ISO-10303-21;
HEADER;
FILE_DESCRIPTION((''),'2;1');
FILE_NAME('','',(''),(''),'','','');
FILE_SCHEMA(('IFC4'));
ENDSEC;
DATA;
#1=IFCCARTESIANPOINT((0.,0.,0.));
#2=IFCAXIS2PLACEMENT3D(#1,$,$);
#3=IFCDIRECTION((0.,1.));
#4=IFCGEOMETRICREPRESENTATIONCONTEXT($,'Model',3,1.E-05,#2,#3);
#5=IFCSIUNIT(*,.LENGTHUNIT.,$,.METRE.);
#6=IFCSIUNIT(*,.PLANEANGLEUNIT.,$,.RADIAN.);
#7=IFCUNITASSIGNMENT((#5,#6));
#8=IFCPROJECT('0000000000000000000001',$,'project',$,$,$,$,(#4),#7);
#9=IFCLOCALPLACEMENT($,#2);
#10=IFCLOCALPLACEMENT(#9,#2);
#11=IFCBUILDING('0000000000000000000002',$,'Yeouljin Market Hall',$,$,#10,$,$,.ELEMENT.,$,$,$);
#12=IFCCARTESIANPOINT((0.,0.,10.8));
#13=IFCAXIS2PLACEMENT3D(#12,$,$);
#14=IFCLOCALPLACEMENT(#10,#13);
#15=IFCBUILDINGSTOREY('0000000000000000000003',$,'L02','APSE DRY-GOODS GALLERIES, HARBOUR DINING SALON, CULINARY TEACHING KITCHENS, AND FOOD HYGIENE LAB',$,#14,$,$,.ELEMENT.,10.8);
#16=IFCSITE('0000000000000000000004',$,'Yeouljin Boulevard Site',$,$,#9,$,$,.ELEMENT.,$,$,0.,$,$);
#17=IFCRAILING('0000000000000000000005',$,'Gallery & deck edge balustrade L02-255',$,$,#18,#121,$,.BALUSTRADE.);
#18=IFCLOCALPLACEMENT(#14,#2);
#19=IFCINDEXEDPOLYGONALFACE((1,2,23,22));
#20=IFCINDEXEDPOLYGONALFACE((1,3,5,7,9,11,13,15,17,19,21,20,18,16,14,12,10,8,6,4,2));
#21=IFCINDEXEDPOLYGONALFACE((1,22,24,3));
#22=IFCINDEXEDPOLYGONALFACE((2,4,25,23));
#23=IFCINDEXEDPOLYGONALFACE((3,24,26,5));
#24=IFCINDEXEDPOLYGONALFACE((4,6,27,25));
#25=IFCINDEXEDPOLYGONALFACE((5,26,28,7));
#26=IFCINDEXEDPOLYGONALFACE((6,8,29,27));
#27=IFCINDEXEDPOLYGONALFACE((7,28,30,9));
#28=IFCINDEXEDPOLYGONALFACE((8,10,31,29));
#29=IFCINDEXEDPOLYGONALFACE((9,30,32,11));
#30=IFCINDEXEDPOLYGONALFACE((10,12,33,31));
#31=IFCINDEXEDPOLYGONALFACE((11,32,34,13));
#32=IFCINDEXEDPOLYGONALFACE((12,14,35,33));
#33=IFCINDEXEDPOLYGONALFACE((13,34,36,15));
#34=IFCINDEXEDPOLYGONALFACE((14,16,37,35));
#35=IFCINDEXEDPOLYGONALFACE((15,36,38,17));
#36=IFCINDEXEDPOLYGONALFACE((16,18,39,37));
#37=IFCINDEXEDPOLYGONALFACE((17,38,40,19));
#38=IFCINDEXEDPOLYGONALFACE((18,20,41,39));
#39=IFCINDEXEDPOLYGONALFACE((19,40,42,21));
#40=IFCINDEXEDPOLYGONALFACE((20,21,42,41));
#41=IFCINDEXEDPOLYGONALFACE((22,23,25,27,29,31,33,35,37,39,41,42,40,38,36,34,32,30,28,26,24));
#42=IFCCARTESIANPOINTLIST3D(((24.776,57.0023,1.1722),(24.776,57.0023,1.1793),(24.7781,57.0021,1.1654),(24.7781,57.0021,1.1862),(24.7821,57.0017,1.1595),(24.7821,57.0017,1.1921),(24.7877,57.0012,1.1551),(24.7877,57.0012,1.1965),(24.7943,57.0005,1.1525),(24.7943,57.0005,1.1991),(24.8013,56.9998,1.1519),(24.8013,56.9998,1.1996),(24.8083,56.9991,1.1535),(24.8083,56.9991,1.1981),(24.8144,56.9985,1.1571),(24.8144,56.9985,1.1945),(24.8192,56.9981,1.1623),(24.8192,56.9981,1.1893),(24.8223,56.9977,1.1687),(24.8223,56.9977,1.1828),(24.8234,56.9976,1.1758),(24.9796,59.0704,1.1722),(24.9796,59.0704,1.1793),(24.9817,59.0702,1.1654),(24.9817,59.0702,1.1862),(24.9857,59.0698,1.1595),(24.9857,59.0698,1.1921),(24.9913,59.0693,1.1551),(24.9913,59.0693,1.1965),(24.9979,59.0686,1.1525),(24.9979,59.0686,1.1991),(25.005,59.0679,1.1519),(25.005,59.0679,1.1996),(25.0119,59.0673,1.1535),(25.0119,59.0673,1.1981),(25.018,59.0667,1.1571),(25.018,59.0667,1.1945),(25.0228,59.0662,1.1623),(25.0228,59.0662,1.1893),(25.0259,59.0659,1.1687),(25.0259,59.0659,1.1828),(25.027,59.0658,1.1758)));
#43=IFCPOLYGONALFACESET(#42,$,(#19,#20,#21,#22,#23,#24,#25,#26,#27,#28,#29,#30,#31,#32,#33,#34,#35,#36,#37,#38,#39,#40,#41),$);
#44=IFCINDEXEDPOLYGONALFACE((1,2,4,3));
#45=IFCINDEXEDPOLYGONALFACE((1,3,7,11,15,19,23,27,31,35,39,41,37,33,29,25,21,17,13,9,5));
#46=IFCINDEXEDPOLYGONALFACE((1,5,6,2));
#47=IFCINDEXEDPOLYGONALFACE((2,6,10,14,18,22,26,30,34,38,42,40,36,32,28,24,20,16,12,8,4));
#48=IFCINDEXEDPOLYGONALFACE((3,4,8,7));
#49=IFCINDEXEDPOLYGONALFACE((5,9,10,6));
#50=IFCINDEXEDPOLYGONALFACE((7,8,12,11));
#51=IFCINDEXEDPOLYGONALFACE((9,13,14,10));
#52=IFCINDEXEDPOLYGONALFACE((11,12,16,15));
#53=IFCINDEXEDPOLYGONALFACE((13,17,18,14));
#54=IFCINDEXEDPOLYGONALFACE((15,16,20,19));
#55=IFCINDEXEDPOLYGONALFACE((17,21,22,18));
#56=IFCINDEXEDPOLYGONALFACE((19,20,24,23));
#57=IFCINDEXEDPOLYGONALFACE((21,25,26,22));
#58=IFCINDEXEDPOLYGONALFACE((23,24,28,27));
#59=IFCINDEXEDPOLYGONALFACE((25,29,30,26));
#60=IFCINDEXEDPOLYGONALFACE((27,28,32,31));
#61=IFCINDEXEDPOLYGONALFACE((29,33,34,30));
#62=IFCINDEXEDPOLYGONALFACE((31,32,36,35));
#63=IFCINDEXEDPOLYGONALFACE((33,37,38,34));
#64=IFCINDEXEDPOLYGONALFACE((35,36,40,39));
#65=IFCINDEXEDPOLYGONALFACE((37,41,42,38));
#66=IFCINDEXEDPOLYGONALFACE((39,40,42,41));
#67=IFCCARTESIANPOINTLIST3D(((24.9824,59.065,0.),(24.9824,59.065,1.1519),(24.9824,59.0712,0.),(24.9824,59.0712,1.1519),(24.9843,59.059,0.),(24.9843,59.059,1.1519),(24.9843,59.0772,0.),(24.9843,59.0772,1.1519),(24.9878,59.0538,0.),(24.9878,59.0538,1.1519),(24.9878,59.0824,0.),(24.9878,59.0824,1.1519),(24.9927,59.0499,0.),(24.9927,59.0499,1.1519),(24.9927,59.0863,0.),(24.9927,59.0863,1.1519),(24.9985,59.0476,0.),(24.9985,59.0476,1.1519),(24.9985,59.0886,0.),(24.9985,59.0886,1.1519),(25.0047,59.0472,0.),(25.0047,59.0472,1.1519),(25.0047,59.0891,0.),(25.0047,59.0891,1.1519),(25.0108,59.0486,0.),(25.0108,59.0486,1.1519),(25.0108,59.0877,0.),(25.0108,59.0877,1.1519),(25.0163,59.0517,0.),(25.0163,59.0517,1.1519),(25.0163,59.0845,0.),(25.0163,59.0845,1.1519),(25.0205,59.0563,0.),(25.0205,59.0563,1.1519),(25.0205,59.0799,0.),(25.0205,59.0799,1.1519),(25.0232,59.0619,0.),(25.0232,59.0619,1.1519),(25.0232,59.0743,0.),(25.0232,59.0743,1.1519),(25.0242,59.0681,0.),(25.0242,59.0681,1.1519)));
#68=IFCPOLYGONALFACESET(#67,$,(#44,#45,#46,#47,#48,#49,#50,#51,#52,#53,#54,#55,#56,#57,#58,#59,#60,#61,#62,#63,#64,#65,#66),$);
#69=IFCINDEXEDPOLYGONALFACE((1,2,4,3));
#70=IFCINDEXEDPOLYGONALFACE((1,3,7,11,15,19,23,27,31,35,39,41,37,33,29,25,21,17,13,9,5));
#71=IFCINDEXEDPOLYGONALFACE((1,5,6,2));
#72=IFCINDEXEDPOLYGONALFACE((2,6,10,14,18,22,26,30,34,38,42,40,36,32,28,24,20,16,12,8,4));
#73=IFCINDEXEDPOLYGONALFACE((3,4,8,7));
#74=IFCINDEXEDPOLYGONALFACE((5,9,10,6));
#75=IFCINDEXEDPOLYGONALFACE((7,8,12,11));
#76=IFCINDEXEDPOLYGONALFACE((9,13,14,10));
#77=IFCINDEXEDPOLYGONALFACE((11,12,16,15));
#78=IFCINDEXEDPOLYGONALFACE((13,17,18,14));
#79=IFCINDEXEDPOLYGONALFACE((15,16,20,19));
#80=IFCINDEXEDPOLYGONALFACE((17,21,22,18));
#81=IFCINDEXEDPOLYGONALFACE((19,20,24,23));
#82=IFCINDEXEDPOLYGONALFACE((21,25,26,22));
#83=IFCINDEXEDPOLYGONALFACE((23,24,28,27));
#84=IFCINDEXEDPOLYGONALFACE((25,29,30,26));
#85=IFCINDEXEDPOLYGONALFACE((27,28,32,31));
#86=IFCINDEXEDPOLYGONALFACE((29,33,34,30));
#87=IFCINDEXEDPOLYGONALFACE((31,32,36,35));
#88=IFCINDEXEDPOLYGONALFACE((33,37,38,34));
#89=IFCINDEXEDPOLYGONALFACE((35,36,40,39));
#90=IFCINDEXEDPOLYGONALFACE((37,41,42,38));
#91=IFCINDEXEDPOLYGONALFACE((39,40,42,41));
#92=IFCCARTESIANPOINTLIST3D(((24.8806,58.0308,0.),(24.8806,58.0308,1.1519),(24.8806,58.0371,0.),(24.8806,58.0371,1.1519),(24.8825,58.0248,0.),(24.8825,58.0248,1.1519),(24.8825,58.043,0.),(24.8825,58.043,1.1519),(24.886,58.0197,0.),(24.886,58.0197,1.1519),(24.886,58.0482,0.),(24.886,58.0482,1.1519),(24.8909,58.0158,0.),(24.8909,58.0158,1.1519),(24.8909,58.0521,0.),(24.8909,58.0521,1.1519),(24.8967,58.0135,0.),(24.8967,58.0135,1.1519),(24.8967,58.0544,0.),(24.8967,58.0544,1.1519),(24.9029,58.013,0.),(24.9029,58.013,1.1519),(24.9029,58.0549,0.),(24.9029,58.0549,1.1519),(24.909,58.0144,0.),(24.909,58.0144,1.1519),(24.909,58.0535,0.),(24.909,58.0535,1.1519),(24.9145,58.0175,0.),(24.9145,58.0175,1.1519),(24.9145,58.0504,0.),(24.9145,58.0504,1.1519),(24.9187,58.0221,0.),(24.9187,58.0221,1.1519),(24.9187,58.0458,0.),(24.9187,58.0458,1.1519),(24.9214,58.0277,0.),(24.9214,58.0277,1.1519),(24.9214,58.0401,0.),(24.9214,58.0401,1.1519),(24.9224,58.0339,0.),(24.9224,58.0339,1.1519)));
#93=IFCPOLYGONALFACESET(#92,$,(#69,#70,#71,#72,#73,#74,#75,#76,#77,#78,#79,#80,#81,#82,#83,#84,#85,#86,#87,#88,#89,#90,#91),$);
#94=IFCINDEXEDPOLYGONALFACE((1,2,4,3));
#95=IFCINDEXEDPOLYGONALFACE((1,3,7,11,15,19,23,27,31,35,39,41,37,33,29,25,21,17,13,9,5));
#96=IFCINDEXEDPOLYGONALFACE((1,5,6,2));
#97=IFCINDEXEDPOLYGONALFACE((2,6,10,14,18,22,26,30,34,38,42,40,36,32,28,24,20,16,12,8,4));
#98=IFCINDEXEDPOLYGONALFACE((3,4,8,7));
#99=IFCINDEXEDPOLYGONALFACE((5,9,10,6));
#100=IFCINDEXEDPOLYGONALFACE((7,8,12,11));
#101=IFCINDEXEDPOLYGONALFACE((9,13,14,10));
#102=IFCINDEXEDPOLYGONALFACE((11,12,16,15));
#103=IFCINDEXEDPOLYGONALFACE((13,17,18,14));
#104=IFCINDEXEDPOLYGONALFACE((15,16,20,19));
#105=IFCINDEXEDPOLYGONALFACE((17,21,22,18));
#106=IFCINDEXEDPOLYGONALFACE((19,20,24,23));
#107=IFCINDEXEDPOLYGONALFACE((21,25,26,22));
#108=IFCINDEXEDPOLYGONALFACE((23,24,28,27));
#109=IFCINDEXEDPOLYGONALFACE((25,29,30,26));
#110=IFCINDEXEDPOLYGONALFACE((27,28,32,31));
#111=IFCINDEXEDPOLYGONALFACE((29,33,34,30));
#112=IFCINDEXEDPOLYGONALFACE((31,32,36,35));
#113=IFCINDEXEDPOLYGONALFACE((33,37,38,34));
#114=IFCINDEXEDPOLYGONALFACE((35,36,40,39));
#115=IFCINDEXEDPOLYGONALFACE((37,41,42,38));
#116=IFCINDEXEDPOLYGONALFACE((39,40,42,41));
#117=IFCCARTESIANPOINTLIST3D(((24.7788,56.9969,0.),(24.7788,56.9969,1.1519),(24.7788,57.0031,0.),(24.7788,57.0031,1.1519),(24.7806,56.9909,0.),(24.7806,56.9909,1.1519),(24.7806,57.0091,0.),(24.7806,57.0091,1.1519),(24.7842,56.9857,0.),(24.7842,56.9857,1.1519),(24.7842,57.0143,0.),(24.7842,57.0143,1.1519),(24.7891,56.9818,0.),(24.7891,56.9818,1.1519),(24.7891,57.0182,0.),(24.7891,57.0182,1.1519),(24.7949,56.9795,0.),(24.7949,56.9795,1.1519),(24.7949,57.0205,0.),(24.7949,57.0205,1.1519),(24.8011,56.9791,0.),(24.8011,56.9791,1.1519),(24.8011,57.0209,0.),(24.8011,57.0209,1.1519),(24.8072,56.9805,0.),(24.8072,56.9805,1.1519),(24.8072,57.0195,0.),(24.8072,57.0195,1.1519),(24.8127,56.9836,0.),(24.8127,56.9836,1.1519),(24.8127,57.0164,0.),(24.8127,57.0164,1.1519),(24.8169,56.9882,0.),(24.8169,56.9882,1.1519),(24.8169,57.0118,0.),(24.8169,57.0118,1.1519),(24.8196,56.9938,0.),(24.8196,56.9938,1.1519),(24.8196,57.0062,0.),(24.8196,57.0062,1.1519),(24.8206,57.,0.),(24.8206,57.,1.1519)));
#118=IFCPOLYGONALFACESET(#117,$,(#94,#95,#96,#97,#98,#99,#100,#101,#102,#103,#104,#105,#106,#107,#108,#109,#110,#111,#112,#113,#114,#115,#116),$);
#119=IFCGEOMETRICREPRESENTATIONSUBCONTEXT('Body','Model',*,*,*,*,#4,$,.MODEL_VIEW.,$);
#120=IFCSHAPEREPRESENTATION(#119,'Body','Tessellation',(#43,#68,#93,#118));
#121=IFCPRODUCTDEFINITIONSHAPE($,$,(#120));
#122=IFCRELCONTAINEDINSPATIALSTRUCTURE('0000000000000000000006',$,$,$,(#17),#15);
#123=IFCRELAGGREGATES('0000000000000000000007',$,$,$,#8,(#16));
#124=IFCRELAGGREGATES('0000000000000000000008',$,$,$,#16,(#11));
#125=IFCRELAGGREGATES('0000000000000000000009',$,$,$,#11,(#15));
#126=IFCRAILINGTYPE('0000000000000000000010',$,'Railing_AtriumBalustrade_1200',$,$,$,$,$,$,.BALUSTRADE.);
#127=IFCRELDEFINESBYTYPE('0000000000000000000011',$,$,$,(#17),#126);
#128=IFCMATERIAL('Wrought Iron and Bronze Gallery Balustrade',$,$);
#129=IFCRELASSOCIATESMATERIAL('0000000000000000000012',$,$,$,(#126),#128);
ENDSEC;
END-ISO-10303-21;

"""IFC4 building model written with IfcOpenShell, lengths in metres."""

from ifc_helpers import new_model, si_unit, direction, frame, origin, origin_2d, place, context, subcontext, project, spatial, circle, extrude, material, type_object, element, save


model = new_model("IFC4")

# Units and contexts
model_context = context("Model", 3, precision=1e-05, world=origin(), true_north=direction((0.0, 1.0)))
body_context = subcontext(model_context, "Body", "Model", "MODEL_VIEW")
ifc_project = project(units=[si_unit("LENGTHUNIT", "METRE"), si_unit("PLANEANGLEUNIT", "RADIAN")], contexts=[model_context])

# Site, building, storey
site_placement = place(None, origin())
site = spatial("IfcSite", under=ifc_project, at=site_placement, Name="Yeouljin Boulevard Site", CompositionType="ELEMENT", RefElevation=0.0)
building_placement = place(site_placement, origin())
building = spatial("IfcBuilding", under=site, at=building_placement, Name="Yeouljin Market Hall", CompositionType="ELEMENT")
storey_placement = place(building_placement, frame((0.0, 0.0, 10.8)))
storey = spatial("IfcBuildingStorey", under=building, at=storey_placement, Name="L02", Description="APSE DRY-GOODS GALLERIES, HARBOUR DINING SALON, CULINARY TEACHING KITCHENS, AND FOOD HYGIENE LAB", CompositionType="ELEMENT", Elevation=10.8)

# Railing
ifc_material_1 = material(Name="Wrought Iron and Bronze Gallery Balustrade")
railing_type = type_object("IfcRailingType", Name="Railing_AtriumBalustrade_1200", PredefinedType="BALUSTRADE", material=ifc_material_1)
railing_1_placement = place(storey_placement, frame((25.0032, 59.0681, 0.0)))
element("IfcRailing", 1, at=railing_1_placement, inside=storey, type_object=railing_type, Name="Gallery & deck edge balustrade L02-255", PredefinedType="BALUSTRADE", context=body_context, shape_type="SweptSolid", body=[
    extrude(circle(Radius=0.0239, at=origin_2d()), frame((0.0, 0.0, 1.1758), z_axis=(-0.09798, -0.995188, 0.0), x_axis=(0.995188, -0.09798, 0.0)), (0.0, 0.0, 1.0), 2.0781),
    extrude(circle(Radius=0.021, at=origin_2d()), origin(), (0.0, 0.0, 1.0), 1.1519),
    extrude(circle(Radius=0.021, at=origin_2d()), frame((-0.1018, -1.0342, 0.0)), (0.0, 0.0, 1.0), 1.1519),
    extrude(circle(Radius=0.021, at=origin_2d()), frame((-0.2036, -2.0681, 0.0)), (0.0, 0.0, 1.0), 1.1519),
])

save(model, "model.ifc")
